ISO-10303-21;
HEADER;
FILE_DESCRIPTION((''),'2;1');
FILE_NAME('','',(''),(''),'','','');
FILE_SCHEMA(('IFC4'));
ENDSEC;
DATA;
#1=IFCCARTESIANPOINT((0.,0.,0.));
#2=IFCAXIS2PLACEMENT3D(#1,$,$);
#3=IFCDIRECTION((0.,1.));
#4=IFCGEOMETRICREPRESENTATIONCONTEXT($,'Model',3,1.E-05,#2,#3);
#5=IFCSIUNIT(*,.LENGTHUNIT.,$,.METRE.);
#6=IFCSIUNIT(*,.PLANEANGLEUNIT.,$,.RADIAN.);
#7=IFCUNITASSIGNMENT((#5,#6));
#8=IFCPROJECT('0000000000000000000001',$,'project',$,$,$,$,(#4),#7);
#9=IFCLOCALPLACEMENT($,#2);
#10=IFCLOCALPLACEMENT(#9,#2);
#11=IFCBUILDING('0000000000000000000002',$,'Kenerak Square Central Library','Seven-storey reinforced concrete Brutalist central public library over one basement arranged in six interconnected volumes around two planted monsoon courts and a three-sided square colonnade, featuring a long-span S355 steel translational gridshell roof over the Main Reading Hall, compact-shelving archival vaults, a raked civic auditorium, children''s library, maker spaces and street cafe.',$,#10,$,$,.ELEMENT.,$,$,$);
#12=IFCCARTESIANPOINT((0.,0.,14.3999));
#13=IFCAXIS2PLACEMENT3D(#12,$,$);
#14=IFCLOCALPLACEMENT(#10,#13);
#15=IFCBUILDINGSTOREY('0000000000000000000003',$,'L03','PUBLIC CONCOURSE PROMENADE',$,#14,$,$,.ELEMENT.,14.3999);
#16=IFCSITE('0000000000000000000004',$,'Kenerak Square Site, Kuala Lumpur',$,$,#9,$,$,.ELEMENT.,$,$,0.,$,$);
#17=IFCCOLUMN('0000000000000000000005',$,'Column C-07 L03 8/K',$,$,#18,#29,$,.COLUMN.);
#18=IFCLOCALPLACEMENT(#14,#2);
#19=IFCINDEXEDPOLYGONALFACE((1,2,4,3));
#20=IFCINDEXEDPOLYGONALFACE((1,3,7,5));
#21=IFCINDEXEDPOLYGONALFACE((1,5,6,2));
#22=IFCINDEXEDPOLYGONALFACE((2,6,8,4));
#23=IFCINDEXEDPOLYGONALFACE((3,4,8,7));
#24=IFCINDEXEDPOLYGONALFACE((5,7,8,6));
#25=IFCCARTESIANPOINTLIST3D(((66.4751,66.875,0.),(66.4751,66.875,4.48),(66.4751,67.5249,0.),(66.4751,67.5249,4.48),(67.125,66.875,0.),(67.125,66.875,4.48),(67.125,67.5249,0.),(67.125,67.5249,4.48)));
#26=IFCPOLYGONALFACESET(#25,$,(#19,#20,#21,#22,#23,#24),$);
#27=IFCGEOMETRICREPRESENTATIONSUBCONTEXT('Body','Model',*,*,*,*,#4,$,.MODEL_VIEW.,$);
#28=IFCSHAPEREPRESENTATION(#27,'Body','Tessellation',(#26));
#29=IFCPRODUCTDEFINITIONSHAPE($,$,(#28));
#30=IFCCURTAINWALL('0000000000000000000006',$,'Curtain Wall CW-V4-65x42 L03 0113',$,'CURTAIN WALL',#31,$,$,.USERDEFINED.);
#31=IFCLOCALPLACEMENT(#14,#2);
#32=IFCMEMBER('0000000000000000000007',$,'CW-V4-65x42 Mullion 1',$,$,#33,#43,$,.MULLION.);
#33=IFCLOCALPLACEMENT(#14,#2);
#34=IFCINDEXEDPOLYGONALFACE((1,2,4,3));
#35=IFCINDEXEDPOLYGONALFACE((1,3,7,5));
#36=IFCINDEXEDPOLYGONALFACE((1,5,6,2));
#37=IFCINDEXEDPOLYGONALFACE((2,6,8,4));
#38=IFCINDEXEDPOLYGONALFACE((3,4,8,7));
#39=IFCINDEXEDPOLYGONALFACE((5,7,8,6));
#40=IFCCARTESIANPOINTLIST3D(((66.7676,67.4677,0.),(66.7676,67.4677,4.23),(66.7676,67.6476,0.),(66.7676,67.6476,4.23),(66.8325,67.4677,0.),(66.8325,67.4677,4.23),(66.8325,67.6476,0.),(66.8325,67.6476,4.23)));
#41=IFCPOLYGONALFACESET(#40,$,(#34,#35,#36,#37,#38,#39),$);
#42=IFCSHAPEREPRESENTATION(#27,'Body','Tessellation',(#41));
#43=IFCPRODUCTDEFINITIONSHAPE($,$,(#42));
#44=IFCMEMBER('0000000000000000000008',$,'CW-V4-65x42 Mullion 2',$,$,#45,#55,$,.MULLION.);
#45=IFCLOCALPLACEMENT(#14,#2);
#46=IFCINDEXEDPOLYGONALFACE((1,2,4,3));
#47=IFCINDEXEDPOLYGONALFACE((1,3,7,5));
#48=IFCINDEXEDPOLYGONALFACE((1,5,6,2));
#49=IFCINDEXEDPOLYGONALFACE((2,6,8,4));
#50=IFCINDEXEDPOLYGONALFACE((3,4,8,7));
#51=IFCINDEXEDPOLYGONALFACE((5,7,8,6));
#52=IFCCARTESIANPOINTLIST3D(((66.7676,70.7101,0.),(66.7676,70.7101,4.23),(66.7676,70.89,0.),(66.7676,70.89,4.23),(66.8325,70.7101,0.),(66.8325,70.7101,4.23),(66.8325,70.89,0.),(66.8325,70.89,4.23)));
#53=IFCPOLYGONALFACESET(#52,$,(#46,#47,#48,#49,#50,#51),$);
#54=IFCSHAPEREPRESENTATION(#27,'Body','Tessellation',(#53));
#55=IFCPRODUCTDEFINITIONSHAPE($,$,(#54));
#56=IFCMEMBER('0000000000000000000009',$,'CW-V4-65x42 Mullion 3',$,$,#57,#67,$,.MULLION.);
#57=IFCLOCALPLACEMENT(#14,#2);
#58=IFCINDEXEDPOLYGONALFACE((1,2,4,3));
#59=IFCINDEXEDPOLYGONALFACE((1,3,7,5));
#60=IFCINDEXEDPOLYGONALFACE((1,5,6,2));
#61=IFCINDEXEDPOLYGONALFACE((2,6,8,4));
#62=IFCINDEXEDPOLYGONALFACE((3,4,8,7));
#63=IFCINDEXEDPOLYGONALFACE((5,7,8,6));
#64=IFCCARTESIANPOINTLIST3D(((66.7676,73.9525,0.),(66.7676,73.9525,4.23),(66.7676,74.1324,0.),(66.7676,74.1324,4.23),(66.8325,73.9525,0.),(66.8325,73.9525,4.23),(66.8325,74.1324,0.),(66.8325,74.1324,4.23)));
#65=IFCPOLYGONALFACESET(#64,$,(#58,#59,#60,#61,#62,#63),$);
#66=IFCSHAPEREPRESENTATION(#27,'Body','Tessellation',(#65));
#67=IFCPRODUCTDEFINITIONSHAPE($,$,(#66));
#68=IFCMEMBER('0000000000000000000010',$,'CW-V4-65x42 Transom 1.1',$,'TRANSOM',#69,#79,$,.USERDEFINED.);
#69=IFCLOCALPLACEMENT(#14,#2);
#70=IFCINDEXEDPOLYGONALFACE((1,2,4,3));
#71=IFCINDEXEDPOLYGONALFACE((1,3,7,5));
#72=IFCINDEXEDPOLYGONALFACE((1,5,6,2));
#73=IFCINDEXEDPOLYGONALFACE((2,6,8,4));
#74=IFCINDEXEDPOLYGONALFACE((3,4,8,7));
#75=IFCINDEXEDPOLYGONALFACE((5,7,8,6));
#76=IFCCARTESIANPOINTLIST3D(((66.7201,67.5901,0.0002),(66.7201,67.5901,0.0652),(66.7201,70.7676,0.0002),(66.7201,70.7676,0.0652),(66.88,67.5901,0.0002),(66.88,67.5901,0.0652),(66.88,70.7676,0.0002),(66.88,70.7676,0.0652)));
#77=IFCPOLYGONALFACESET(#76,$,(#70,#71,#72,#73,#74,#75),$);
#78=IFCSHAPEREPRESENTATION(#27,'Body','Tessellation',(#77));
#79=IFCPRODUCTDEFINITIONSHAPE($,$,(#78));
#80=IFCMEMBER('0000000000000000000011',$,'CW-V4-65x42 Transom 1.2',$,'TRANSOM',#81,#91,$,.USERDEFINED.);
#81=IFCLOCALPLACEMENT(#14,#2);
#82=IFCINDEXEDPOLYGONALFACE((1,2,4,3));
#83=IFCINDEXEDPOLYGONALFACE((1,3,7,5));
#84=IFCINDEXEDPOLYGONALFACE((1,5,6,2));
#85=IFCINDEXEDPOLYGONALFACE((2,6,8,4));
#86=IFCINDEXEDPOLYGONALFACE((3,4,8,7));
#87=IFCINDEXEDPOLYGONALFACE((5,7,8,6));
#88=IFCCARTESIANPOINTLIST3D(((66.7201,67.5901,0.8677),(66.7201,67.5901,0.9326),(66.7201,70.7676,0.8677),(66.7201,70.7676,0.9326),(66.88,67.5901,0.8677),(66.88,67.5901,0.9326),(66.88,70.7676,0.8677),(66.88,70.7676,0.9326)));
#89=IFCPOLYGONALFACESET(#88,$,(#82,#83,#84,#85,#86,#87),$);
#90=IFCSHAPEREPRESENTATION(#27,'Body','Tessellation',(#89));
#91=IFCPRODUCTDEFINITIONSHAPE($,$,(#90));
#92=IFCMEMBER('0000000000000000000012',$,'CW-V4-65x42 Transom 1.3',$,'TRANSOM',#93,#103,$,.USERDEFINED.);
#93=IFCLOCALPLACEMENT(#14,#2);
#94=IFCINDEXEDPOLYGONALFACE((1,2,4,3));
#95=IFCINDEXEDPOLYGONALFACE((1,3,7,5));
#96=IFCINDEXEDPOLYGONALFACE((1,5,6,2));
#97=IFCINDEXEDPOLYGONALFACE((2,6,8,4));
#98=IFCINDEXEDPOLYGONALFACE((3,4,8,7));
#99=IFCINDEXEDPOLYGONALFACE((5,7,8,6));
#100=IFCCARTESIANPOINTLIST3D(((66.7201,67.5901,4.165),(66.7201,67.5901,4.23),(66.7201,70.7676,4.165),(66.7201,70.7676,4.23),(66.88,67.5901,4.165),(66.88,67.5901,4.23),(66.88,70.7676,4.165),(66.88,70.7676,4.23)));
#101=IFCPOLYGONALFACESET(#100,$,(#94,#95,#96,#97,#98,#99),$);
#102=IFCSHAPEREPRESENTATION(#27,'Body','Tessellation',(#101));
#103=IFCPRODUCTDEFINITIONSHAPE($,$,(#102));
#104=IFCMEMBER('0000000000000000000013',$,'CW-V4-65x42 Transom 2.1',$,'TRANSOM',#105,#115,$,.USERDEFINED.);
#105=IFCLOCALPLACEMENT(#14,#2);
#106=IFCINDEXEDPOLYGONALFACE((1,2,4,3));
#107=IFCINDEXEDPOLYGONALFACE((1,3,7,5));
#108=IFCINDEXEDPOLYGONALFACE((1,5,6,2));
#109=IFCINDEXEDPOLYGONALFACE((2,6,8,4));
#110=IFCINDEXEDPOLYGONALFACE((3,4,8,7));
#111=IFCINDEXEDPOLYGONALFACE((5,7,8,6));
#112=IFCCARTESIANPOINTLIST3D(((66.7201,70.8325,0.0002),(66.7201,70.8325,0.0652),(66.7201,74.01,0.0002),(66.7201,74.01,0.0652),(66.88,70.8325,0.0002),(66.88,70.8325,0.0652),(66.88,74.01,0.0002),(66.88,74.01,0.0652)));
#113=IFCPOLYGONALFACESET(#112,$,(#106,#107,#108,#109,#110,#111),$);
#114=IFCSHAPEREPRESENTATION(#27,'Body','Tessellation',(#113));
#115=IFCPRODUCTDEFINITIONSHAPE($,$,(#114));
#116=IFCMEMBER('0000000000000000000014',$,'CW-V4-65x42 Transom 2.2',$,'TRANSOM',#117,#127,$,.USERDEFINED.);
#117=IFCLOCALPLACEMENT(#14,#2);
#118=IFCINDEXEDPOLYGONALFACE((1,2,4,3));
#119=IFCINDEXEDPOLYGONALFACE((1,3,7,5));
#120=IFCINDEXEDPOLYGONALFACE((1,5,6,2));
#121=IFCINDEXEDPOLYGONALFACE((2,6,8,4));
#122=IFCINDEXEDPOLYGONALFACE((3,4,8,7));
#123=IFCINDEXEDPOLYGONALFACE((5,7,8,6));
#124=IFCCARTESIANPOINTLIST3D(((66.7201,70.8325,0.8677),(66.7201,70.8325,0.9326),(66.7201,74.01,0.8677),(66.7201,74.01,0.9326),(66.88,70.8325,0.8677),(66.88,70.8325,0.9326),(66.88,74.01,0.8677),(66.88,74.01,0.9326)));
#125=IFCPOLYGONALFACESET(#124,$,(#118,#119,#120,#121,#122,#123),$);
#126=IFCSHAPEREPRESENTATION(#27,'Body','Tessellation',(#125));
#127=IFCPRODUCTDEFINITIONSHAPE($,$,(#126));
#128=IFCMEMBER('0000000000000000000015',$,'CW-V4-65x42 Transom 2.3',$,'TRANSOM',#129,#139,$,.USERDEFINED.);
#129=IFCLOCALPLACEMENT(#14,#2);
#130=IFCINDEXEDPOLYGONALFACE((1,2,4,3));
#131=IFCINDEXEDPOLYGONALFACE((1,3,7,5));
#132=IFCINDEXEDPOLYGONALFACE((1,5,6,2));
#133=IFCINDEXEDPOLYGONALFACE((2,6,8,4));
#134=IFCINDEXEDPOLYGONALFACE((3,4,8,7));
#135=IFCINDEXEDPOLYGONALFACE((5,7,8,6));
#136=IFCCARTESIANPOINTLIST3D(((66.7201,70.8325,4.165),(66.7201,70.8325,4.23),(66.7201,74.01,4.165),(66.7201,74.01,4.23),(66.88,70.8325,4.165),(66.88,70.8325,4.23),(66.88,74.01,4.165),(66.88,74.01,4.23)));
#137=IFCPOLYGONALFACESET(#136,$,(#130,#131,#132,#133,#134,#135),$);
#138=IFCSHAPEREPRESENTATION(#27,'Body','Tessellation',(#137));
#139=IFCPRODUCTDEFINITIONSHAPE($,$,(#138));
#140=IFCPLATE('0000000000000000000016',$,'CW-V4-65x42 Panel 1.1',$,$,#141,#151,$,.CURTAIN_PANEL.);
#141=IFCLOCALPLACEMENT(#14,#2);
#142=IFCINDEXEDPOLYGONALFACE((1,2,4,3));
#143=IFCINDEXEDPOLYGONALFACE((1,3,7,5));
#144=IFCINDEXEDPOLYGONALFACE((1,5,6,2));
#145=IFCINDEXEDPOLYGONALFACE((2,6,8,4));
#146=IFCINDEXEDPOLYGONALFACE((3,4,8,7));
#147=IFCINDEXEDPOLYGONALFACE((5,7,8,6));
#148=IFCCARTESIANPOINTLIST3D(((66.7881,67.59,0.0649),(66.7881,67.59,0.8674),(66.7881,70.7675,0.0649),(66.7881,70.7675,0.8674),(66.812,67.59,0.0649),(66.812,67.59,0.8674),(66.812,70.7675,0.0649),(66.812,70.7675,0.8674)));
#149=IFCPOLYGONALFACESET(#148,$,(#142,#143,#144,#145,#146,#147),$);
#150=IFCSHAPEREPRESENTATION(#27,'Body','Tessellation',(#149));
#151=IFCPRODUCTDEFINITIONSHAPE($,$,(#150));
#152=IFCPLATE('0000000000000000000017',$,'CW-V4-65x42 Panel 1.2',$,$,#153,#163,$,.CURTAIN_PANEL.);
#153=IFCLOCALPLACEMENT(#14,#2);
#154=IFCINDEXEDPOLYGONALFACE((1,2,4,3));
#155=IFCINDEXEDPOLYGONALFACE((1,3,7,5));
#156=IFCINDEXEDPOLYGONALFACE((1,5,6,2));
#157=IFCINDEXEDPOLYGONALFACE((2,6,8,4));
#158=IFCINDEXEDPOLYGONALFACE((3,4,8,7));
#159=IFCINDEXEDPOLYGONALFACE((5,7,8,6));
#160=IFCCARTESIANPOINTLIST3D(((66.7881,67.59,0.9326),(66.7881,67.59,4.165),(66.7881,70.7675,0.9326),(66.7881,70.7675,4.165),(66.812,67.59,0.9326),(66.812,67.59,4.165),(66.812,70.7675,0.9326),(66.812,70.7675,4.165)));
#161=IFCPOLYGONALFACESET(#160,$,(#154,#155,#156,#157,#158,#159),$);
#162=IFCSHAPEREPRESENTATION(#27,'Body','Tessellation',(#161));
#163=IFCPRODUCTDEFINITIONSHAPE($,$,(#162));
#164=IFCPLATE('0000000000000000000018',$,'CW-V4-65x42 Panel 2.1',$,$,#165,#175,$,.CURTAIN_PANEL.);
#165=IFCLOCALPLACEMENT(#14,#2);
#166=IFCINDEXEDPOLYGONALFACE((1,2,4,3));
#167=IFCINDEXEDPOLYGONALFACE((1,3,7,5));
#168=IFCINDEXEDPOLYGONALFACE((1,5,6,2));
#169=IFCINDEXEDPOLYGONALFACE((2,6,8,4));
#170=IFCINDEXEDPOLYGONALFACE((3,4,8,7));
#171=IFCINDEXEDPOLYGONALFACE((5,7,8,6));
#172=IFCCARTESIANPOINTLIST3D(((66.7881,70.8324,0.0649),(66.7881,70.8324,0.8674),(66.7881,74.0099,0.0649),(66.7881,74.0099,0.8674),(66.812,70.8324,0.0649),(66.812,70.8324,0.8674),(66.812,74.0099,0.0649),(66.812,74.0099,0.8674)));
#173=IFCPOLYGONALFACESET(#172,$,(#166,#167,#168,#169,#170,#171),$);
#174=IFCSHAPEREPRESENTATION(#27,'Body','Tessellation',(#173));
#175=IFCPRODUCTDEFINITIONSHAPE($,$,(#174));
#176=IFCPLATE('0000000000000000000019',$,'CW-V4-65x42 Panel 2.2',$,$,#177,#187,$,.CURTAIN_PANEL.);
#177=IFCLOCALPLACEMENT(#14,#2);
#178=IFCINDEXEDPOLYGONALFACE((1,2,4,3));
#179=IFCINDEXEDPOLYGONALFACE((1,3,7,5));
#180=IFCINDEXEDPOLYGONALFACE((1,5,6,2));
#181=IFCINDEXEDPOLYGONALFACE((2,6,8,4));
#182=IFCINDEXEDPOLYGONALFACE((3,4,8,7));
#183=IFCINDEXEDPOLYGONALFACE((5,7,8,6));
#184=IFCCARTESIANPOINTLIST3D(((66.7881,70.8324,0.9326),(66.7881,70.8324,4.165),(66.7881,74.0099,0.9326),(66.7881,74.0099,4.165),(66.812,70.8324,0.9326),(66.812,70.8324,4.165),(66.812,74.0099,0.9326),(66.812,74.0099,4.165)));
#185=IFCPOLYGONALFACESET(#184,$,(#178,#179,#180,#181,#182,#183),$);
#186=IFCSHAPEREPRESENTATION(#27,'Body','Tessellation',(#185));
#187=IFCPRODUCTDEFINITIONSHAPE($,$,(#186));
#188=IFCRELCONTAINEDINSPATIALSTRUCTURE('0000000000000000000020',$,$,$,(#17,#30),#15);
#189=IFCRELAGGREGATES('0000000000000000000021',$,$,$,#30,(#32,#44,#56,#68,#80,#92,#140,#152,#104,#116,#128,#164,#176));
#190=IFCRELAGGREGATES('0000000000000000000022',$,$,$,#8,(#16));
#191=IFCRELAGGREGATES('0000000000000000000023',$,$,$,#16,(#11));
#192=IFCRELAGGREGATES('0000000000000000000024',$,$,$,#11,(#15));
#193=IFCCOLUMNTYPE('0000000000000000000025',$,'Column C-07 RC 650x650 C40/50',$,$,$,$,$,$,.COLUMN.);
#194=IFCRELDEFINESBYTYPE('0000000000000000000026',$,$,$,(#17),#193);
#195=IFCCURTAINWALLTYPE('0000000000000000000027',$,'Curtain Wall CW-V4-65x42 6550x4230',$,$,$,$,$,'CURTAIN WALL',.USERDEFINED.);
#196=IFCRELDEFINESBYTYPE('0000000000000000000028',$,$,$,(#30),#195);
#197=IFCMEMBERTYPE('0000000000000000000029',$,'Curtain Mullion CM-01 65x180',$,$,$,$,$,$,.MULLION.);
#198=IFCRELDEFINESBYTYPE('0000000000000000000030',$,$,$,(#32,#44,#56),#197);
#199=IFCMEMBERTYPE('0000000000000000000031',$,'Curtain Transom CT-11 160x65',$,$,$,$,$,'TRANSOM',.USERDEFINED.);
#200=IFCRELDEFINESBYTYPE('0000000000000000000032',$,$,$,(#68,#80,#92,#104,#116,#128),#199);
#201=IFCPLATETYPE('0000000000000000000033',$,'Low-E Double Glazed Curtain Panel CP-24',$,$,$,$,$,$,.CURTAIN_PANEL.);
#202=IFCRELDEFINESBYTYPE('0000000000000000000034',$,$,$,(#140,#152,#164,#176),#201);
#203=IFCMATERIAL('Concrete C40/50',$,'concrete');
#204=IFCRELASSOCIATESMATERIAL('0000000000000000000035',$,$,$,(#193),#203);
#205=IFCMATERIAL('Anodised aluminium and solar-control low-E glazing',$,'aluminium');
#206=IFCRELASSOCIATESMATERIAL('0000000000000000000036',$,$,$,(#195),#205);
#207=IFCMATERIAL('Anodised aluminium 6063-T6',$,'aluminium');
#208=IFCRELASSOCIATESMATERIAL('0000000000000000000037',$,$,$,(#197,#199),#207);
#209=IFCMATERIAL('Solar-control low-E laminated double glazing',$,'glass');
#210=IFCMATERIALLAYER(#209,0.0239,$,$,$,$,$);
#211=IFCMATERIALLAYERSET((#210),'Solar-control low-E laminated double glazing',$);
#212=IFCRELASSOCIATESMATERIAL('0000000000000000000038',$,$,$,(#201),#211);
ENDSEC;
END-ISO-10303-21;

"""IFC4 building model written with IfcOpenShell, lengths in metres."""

from ifc_helpers import new_model, si_unit, direction, frame, origin, origin_2d, place, context, subcontext, project, spatial, rectangle, extrude, material, layer, layer_set, material_profile, profile_set, type_object, element, aggregate, save


model = new_model("IFC4")

# Units and contexts
model_context = context("Model", 3, precision=1e-05, world=origin(), true_north=direction((0.0, 1.0)))
body_context = subcontext(model_context, "Body", "Model", "MODEL_VIEW")
ifc_project = project(units=[si_unit("LENGTHUNIT", "METRE"), si_unit("PLANEANGLEUNIT", "RADIAN")], contexts=[model_context])

# Site, building, storey
site_placement = place(None, origin())
site = spatial("IfcSite", under=ifc_project, at=site_placement, Name="Kenerak Square Site, Kuala Lumpur", CompositionType="ELEMENT", RefElevation=0.0)
building_placement = place(site_placement, origin())
building = spatial("IfcBuilding", under=site, at=building_placement, Name="Kenerak Square Central Library", Description="Seven-storey reinforced concrete Brutalist central public library over one basement arranged in six interconnected volumes around two planted monsoon courts and a three-sided square colonnade, featuring a long-span S355 steel translational gridshell roof over the Main Reading Hall, compact-shelving archival vaults, a raked civic auditorium, children's library, maker spaces and street cafe.", CompositionType="ELEMENT")
storey_placement = place(building_placement, frame((0.0, 0.0, 14.3999)))
storey = spatial("IfcBuildingStorey", under=building, at=storey_placement, Name="L03", Description="PUBLIC CONCOURSE PROMENADE", CompositionType="ELEMENT", Elevation=14.3999)

# Column
ifc_material_1 = material(Name="Concrete C40/50", Category="concrete")
ifc_material_profile_1 = material_profile(ifc_material_1, rectangle(XDim=0.6499, YDim=0.6499, at=origin_2d()), Name="RC 650x650")
ifc_profile_set_1 = profile_set([ifc_material_profile_1], Name="Concrete C40/50")
column_type = type_object("IfcColumnType", Name="Column C-07 RC 650x650 C40/50", PredefinedType="COLUMN", material=ifc_profile_set_1)
column_placement = place(storey_placement, frame((66.8, 67.2, 0.0), z_axis=(0.0, 0.0, 1.0), x_axis=(1.0, 0.0, 0.0)))
element("IfcColumn", 1, at=column_placement, inside=storey, type_object=column_type, Name="Column C-07 L03 8/K", PredefinedType="COLUMN", context=body_context, shape_type="SweptSolid", body=[
    extrude(rectangle(XDim=0.6499, YDim=0.6499, at=origin_2d()), origin(), (0.0, 0.0, 1.0), 4.48),
])

# Curtain wall, members, plates
ifc_material_2 = material(Name="Anodised aluminium and solar-control low-E glazing", Category="aluminium")
curtain_wall_type = type_object("IfcCurtainWallType", Name="Curtain Wall CW-V4-65x42 6550x4230", ElementType="CURTAIN WALL", PredefinedType="USERDEFINED", material=ifc_material_2)
curtain_wall_placement = place(storey_placement, origin())
curtain_wall = element("IfcCurtainWall", 2, at=curtain_wall_placement, inside=storey, type_object=curtain_wall_type, Name="Curtain Wall CW-V4-65x42 L03 0113", ObjectType="CURTAIN WALL", PredefinedType="USERDEFINED")
ifc_material_3 = material(Name="Anodised aluminium 6063-T6", Category="aluminium")
ifc_material_profile_2 = material_profile(ifc_material_3, rectangle(XDim=0.0649, YDim=0.1799, at=origin_2d()), Name="AL MULLION 65x180")
ifc_profile_set_2 = profile_set([ifc_material_profile_2], Name="Anodised aluminium 6063-T6")
member_type_1 = type_object("IfcMemberType", Name="Curtain Mullion CM-01 65x180", PredefinedType="MULLION", material=ifc_profile_set_2)
member_1_placement = place(storey_placement, frame((66.8, 67.5576, 0.0), z_axis=(0.0, 0.0, 1.0), x_axis=(-1.0, 0.0, 0.0)))
member_1 = element("IfcMember", 3, at=member_1_placement, type_object=member_type_1, Name="CW-V4-65x42 Mullion 1", PredefinedType="MULLION", context=body_context, shape_type="SweptSolid", body=[
    extrude(rectangle(XDim=0.0649, YDim=0.1799, at=origin_2d()), origin(), (0.0, 0.0, 1.0), 4.23),
])
member_2_placement = place(storey_placement, frame((66.8, 70.8, 0.0), z_axis=(0.0, 0.0, 1.0), x_axis=(-1.0, 0.0, 0.0)))
member_2 = element("IfcMember", 4, at=member_2_placement, type_object=member_type_1, Name="CW-V4-65x42 Mullion 2", PredefinedType="MULLION", context=body_context, shape_type="SweptSolid", body=[
    extrude(rectangle(XDim=0.0649, YDim=0.1799, at=origin_2d()), origin(), (0.0, 0.0, 1.0), 4.23),
])
member_3_placement = place(storey_placement, frame((66.8, 74.0425, 0.0), z_axis=(0.0, 0.0, 1.0), x_axis=(-1.0, 0.0, 0.0)))
member_3 = element("IfcMember", 5, at=member_3_placement, type_object=member_type_1, Name="CW-V4-65x42 Mullion 3", PredefinedType="MULLION", context=body_context, shape_type="SweptSolid", body=[
    extrude(rectangle(XDim=0.0649, YDim=0.1799, at=origin_2d()), origin(), (0.0, 0.0, 1.0), 4.23),
])
ifc_material_profile_3 = material_profile(ifc_material_3, rectangle(XDim=0.1599, YDim=0.0649, at=origin_2d()), Name="AL TRANSOM 160x65")
ifc_profile_set_3 = profile_set([ifc_material_profile_3], Name="Anodised aluminium 6063-T6")
member_type_2 = type_object("IfcMemberType", Name="Curtain Transom CT-11 160x65", ElementType="TRANSOM", PredefinedType="USERDEFINED", material=ifc_profile_set_3)
member_4_placement = place(storey_placement, frame((66.8, 67.5901, 0.0327), z_axis=(0.0, 1.0, 0.0), x_axis=(-1.0, 0.0, 0.0)))
member_4 = element("IfcMember", 6, at=member_4_placement, type_object=member_type_2, Name="CW-V4-65x42 Transom 1.1", ObjectType="TRANSOM", PredefinedType="USERDEFINED", context=body_context, shape_type="SweptSolid", body=[
    extrude(rectangle(XDim=0.1599, YDim=0.0649, at=origin_2d()), origin(), (0.0, 0.0, 1.0), 3.1775),
])
member_5_placement = place(storey_placement, frame((66.8, 67.5901, 0.9001), z_axis=(0.0, 1.0, 0.0), x_axis=(-1.0, 0.0, 0.0)))
member_5 = element("IfcMember", 7, at=member_5_placement, type_object=member_type_2, Name="CW-V4-65x42 Transom 1.2", ObjectType="TRANSOM", PredefinedType="USERDEFINED", context=body_context, shape_type="SweptSolid", body=[
    extrude(rectangle(XDim=0.1599, YDim=0.0649, at=origin_2d()), origin(), (0.0, 0.0, 1.0), 3.1775),
])
member_6_placement = place(storey_placement, frame((66.8, 67.5901, 4.1975), z_axis=(0.0, 1.0, 0.0), x_axis=(-1.0, 0.0, 0.0)))
member_6 = element("IfcMember", 8, at=member_6_placement, type_object=member_type_2, Name="CW-V4-65x42 Transom 1.3", ObjectType="TRANSOM", PredefinedType="USERDEFINED", context=body_context, shape_type="SweptSolid", body=[
    extrude(rectangle(XDim=0.1599, YDim=0.0649, at=origin_2d()), origin(), (0.0, 0.0, 1.0), 3.1775),
])
member_7_placement = place(storey_placement, frame((66.8, 70.8325, 0.0327), z_axis=(0.0, 1.0, 0.0), x_axis=(-1.0, 0.0, 0.0)))
member_7 = element("IfcMember", 9, at=member_7_placement, type_object=member_type_2, Name="CW-V4-65x42 Transom 2.1", ObjectType="TRANSOM", PredefinedType="USERDEFINED", context=body_context, shape_type="SweptSolid", body=[
    extrude(rectangle(XDim=0.1599, YDim=0.0649, at=origin_2d()), origin(), (0.0, 0.0, 1.0), 3.1775),
])
member_8_placement = place(storey_placement, frame((66.8, 70.8325, 0.9001), z_axis=(0.0, 1.0, 0.0), x_axis=(-1.0, 0.0, 0.0)))
member_8 = element("IfcMember", 10, at=member_8_placement, type_object=member_type_2, Name="CW-V4-65x42 Transom 2.2", ObjectType="TRANSOM", PredefinedType="USERDEFINED", context=body_context, shape_type="SweptSolid", body=[
    extrude(rectangle(XDim=0.1599, YDim=0.0649, at=origin_2d()), origin(), (0.0, 0.0, 1.0), 3.1775),
])
member_9_placement = place(storey_placement, frame((66.8, 70.8325, 4.1975), z_axis=(0.0, 1.0, 0.0), x_axis=(-1.0, 0.0, 0.0)))
member_9 = element("IfcMember", 11, at=member_9_placement, type_object=member_type_2, Name="CW-V4-65x42 Transom 2.3", ObjectType="TRANSOM", PredefinedType="USERDEFINED", context=body_context, shape_type="SweptSolid", body=[
    extrude(rectangle(XDim=0.1599, YDim=0.0649, at=origin_2d()), origin(), (0.0, 0.0, 1.0), 3.1775),
])
ifc_material_4 = material(Name="Solar-control low-E laminated double glazing", Category="glass")
ifc_layer = layer(ifc_material_4, 0.0239)
ifc_layer_set = layer_set([ifc_layer], Name="Solar-control low-E laminated double glazing")
plate_type = type_object("IfcPlateType", Name="Low-E Double Glazed Curtain Panel CP-24", PredefinedType="CURTAIN_PANEL", material=ifc_layer_set)
plate_1_placement = place(storey_placement, frame((66.8, 69.1787, 0.0649), z_axis=(0.0, 0.0, 1.0), x_axis=(0.0, 1.0, 0.0)))
plate_1 = element("IfcPlate", 12, at=plate_1_placement, type_object=plate_type, Name="CW-V4-65x42 Panel 1.1", PredefinedType="CURTAIN_PANEL", context=body_context, shape_type="SweptSolid", body=[
    extrude(rectangle(XDim=3.1775, YDim=0.0239, at=origin_2d()), origin(), (0.0, 0.0, 1.0), 0.8025),
])
plate_2_placement = place(storey_placement, frame((66.8, 69.1787, 0.9326), z_axis=(0.0, 0.0, 1.0), x_axis=(0.0, 1.0, 0.0)))
plate_2 = element("IfcPlate", 13, at=plate_2_placement, type_object=plate_type, Name="CW-V4-65x42 Panel 1.2", PredefinedType="CURTAIN_PANEL", context=body_context, shape_type="SweptSolid", body=[
    extrude(rectangle(XDim=3.1775, YDim=0.0239, at=origin_2d()), origin(), (0.0, 0.0, 1.0), 3.2324),
])
plate_3_placement = place(storey_placement, frame((66.8, 72.4211, 0.0649), z_axis=(0.0, 0.0, 1.0), x_axis=(0.0, 1.0, 0.0)))
plate_3 = element("IfcPlate", 14, at=plate_3_placement, type_object=plate_type, Name="CW-V4-65x42 Panel 2.1", PredefinedType="CURTAIN_PANEL", context=body_context, shape_type="SweptSolid", body=[
    extrude(rectangle(XDim=3.1775, YDim=0.0239, at=origin_2d()), origin(), (0.0, 0.0, 1.0), 0.8025),
])
plate_4_placement = place(storey_placement, frame((66.8, 72.4211, 0.9326), z_axis=(0.0, 0.0, 1.0), x_axis=(0.0, 1.0, 0.0)))
plate_4 = element("IfcPlate", 15, at=plate_4_placement, type_object=plate_type, Name="CW-V4-65x42 Panel 2.2", PredefinedType="CURTAIN_PANEL", context=body_context, shape_type="SweptSolid", body=[
    extrude(rectangle(XDim=3.1775, YDim=0.0239, at=origin_2d()), origin(), (0.0, 0.0, 1.0), 3.2324),
])
aggregate(curtain_wall, [member_1, member_2, member_3, member_4, member_5, member_6, plate_1, plate_2, member_7, member_8, member_9, plate_3, plate_4])

save(model, "model.ifc")
